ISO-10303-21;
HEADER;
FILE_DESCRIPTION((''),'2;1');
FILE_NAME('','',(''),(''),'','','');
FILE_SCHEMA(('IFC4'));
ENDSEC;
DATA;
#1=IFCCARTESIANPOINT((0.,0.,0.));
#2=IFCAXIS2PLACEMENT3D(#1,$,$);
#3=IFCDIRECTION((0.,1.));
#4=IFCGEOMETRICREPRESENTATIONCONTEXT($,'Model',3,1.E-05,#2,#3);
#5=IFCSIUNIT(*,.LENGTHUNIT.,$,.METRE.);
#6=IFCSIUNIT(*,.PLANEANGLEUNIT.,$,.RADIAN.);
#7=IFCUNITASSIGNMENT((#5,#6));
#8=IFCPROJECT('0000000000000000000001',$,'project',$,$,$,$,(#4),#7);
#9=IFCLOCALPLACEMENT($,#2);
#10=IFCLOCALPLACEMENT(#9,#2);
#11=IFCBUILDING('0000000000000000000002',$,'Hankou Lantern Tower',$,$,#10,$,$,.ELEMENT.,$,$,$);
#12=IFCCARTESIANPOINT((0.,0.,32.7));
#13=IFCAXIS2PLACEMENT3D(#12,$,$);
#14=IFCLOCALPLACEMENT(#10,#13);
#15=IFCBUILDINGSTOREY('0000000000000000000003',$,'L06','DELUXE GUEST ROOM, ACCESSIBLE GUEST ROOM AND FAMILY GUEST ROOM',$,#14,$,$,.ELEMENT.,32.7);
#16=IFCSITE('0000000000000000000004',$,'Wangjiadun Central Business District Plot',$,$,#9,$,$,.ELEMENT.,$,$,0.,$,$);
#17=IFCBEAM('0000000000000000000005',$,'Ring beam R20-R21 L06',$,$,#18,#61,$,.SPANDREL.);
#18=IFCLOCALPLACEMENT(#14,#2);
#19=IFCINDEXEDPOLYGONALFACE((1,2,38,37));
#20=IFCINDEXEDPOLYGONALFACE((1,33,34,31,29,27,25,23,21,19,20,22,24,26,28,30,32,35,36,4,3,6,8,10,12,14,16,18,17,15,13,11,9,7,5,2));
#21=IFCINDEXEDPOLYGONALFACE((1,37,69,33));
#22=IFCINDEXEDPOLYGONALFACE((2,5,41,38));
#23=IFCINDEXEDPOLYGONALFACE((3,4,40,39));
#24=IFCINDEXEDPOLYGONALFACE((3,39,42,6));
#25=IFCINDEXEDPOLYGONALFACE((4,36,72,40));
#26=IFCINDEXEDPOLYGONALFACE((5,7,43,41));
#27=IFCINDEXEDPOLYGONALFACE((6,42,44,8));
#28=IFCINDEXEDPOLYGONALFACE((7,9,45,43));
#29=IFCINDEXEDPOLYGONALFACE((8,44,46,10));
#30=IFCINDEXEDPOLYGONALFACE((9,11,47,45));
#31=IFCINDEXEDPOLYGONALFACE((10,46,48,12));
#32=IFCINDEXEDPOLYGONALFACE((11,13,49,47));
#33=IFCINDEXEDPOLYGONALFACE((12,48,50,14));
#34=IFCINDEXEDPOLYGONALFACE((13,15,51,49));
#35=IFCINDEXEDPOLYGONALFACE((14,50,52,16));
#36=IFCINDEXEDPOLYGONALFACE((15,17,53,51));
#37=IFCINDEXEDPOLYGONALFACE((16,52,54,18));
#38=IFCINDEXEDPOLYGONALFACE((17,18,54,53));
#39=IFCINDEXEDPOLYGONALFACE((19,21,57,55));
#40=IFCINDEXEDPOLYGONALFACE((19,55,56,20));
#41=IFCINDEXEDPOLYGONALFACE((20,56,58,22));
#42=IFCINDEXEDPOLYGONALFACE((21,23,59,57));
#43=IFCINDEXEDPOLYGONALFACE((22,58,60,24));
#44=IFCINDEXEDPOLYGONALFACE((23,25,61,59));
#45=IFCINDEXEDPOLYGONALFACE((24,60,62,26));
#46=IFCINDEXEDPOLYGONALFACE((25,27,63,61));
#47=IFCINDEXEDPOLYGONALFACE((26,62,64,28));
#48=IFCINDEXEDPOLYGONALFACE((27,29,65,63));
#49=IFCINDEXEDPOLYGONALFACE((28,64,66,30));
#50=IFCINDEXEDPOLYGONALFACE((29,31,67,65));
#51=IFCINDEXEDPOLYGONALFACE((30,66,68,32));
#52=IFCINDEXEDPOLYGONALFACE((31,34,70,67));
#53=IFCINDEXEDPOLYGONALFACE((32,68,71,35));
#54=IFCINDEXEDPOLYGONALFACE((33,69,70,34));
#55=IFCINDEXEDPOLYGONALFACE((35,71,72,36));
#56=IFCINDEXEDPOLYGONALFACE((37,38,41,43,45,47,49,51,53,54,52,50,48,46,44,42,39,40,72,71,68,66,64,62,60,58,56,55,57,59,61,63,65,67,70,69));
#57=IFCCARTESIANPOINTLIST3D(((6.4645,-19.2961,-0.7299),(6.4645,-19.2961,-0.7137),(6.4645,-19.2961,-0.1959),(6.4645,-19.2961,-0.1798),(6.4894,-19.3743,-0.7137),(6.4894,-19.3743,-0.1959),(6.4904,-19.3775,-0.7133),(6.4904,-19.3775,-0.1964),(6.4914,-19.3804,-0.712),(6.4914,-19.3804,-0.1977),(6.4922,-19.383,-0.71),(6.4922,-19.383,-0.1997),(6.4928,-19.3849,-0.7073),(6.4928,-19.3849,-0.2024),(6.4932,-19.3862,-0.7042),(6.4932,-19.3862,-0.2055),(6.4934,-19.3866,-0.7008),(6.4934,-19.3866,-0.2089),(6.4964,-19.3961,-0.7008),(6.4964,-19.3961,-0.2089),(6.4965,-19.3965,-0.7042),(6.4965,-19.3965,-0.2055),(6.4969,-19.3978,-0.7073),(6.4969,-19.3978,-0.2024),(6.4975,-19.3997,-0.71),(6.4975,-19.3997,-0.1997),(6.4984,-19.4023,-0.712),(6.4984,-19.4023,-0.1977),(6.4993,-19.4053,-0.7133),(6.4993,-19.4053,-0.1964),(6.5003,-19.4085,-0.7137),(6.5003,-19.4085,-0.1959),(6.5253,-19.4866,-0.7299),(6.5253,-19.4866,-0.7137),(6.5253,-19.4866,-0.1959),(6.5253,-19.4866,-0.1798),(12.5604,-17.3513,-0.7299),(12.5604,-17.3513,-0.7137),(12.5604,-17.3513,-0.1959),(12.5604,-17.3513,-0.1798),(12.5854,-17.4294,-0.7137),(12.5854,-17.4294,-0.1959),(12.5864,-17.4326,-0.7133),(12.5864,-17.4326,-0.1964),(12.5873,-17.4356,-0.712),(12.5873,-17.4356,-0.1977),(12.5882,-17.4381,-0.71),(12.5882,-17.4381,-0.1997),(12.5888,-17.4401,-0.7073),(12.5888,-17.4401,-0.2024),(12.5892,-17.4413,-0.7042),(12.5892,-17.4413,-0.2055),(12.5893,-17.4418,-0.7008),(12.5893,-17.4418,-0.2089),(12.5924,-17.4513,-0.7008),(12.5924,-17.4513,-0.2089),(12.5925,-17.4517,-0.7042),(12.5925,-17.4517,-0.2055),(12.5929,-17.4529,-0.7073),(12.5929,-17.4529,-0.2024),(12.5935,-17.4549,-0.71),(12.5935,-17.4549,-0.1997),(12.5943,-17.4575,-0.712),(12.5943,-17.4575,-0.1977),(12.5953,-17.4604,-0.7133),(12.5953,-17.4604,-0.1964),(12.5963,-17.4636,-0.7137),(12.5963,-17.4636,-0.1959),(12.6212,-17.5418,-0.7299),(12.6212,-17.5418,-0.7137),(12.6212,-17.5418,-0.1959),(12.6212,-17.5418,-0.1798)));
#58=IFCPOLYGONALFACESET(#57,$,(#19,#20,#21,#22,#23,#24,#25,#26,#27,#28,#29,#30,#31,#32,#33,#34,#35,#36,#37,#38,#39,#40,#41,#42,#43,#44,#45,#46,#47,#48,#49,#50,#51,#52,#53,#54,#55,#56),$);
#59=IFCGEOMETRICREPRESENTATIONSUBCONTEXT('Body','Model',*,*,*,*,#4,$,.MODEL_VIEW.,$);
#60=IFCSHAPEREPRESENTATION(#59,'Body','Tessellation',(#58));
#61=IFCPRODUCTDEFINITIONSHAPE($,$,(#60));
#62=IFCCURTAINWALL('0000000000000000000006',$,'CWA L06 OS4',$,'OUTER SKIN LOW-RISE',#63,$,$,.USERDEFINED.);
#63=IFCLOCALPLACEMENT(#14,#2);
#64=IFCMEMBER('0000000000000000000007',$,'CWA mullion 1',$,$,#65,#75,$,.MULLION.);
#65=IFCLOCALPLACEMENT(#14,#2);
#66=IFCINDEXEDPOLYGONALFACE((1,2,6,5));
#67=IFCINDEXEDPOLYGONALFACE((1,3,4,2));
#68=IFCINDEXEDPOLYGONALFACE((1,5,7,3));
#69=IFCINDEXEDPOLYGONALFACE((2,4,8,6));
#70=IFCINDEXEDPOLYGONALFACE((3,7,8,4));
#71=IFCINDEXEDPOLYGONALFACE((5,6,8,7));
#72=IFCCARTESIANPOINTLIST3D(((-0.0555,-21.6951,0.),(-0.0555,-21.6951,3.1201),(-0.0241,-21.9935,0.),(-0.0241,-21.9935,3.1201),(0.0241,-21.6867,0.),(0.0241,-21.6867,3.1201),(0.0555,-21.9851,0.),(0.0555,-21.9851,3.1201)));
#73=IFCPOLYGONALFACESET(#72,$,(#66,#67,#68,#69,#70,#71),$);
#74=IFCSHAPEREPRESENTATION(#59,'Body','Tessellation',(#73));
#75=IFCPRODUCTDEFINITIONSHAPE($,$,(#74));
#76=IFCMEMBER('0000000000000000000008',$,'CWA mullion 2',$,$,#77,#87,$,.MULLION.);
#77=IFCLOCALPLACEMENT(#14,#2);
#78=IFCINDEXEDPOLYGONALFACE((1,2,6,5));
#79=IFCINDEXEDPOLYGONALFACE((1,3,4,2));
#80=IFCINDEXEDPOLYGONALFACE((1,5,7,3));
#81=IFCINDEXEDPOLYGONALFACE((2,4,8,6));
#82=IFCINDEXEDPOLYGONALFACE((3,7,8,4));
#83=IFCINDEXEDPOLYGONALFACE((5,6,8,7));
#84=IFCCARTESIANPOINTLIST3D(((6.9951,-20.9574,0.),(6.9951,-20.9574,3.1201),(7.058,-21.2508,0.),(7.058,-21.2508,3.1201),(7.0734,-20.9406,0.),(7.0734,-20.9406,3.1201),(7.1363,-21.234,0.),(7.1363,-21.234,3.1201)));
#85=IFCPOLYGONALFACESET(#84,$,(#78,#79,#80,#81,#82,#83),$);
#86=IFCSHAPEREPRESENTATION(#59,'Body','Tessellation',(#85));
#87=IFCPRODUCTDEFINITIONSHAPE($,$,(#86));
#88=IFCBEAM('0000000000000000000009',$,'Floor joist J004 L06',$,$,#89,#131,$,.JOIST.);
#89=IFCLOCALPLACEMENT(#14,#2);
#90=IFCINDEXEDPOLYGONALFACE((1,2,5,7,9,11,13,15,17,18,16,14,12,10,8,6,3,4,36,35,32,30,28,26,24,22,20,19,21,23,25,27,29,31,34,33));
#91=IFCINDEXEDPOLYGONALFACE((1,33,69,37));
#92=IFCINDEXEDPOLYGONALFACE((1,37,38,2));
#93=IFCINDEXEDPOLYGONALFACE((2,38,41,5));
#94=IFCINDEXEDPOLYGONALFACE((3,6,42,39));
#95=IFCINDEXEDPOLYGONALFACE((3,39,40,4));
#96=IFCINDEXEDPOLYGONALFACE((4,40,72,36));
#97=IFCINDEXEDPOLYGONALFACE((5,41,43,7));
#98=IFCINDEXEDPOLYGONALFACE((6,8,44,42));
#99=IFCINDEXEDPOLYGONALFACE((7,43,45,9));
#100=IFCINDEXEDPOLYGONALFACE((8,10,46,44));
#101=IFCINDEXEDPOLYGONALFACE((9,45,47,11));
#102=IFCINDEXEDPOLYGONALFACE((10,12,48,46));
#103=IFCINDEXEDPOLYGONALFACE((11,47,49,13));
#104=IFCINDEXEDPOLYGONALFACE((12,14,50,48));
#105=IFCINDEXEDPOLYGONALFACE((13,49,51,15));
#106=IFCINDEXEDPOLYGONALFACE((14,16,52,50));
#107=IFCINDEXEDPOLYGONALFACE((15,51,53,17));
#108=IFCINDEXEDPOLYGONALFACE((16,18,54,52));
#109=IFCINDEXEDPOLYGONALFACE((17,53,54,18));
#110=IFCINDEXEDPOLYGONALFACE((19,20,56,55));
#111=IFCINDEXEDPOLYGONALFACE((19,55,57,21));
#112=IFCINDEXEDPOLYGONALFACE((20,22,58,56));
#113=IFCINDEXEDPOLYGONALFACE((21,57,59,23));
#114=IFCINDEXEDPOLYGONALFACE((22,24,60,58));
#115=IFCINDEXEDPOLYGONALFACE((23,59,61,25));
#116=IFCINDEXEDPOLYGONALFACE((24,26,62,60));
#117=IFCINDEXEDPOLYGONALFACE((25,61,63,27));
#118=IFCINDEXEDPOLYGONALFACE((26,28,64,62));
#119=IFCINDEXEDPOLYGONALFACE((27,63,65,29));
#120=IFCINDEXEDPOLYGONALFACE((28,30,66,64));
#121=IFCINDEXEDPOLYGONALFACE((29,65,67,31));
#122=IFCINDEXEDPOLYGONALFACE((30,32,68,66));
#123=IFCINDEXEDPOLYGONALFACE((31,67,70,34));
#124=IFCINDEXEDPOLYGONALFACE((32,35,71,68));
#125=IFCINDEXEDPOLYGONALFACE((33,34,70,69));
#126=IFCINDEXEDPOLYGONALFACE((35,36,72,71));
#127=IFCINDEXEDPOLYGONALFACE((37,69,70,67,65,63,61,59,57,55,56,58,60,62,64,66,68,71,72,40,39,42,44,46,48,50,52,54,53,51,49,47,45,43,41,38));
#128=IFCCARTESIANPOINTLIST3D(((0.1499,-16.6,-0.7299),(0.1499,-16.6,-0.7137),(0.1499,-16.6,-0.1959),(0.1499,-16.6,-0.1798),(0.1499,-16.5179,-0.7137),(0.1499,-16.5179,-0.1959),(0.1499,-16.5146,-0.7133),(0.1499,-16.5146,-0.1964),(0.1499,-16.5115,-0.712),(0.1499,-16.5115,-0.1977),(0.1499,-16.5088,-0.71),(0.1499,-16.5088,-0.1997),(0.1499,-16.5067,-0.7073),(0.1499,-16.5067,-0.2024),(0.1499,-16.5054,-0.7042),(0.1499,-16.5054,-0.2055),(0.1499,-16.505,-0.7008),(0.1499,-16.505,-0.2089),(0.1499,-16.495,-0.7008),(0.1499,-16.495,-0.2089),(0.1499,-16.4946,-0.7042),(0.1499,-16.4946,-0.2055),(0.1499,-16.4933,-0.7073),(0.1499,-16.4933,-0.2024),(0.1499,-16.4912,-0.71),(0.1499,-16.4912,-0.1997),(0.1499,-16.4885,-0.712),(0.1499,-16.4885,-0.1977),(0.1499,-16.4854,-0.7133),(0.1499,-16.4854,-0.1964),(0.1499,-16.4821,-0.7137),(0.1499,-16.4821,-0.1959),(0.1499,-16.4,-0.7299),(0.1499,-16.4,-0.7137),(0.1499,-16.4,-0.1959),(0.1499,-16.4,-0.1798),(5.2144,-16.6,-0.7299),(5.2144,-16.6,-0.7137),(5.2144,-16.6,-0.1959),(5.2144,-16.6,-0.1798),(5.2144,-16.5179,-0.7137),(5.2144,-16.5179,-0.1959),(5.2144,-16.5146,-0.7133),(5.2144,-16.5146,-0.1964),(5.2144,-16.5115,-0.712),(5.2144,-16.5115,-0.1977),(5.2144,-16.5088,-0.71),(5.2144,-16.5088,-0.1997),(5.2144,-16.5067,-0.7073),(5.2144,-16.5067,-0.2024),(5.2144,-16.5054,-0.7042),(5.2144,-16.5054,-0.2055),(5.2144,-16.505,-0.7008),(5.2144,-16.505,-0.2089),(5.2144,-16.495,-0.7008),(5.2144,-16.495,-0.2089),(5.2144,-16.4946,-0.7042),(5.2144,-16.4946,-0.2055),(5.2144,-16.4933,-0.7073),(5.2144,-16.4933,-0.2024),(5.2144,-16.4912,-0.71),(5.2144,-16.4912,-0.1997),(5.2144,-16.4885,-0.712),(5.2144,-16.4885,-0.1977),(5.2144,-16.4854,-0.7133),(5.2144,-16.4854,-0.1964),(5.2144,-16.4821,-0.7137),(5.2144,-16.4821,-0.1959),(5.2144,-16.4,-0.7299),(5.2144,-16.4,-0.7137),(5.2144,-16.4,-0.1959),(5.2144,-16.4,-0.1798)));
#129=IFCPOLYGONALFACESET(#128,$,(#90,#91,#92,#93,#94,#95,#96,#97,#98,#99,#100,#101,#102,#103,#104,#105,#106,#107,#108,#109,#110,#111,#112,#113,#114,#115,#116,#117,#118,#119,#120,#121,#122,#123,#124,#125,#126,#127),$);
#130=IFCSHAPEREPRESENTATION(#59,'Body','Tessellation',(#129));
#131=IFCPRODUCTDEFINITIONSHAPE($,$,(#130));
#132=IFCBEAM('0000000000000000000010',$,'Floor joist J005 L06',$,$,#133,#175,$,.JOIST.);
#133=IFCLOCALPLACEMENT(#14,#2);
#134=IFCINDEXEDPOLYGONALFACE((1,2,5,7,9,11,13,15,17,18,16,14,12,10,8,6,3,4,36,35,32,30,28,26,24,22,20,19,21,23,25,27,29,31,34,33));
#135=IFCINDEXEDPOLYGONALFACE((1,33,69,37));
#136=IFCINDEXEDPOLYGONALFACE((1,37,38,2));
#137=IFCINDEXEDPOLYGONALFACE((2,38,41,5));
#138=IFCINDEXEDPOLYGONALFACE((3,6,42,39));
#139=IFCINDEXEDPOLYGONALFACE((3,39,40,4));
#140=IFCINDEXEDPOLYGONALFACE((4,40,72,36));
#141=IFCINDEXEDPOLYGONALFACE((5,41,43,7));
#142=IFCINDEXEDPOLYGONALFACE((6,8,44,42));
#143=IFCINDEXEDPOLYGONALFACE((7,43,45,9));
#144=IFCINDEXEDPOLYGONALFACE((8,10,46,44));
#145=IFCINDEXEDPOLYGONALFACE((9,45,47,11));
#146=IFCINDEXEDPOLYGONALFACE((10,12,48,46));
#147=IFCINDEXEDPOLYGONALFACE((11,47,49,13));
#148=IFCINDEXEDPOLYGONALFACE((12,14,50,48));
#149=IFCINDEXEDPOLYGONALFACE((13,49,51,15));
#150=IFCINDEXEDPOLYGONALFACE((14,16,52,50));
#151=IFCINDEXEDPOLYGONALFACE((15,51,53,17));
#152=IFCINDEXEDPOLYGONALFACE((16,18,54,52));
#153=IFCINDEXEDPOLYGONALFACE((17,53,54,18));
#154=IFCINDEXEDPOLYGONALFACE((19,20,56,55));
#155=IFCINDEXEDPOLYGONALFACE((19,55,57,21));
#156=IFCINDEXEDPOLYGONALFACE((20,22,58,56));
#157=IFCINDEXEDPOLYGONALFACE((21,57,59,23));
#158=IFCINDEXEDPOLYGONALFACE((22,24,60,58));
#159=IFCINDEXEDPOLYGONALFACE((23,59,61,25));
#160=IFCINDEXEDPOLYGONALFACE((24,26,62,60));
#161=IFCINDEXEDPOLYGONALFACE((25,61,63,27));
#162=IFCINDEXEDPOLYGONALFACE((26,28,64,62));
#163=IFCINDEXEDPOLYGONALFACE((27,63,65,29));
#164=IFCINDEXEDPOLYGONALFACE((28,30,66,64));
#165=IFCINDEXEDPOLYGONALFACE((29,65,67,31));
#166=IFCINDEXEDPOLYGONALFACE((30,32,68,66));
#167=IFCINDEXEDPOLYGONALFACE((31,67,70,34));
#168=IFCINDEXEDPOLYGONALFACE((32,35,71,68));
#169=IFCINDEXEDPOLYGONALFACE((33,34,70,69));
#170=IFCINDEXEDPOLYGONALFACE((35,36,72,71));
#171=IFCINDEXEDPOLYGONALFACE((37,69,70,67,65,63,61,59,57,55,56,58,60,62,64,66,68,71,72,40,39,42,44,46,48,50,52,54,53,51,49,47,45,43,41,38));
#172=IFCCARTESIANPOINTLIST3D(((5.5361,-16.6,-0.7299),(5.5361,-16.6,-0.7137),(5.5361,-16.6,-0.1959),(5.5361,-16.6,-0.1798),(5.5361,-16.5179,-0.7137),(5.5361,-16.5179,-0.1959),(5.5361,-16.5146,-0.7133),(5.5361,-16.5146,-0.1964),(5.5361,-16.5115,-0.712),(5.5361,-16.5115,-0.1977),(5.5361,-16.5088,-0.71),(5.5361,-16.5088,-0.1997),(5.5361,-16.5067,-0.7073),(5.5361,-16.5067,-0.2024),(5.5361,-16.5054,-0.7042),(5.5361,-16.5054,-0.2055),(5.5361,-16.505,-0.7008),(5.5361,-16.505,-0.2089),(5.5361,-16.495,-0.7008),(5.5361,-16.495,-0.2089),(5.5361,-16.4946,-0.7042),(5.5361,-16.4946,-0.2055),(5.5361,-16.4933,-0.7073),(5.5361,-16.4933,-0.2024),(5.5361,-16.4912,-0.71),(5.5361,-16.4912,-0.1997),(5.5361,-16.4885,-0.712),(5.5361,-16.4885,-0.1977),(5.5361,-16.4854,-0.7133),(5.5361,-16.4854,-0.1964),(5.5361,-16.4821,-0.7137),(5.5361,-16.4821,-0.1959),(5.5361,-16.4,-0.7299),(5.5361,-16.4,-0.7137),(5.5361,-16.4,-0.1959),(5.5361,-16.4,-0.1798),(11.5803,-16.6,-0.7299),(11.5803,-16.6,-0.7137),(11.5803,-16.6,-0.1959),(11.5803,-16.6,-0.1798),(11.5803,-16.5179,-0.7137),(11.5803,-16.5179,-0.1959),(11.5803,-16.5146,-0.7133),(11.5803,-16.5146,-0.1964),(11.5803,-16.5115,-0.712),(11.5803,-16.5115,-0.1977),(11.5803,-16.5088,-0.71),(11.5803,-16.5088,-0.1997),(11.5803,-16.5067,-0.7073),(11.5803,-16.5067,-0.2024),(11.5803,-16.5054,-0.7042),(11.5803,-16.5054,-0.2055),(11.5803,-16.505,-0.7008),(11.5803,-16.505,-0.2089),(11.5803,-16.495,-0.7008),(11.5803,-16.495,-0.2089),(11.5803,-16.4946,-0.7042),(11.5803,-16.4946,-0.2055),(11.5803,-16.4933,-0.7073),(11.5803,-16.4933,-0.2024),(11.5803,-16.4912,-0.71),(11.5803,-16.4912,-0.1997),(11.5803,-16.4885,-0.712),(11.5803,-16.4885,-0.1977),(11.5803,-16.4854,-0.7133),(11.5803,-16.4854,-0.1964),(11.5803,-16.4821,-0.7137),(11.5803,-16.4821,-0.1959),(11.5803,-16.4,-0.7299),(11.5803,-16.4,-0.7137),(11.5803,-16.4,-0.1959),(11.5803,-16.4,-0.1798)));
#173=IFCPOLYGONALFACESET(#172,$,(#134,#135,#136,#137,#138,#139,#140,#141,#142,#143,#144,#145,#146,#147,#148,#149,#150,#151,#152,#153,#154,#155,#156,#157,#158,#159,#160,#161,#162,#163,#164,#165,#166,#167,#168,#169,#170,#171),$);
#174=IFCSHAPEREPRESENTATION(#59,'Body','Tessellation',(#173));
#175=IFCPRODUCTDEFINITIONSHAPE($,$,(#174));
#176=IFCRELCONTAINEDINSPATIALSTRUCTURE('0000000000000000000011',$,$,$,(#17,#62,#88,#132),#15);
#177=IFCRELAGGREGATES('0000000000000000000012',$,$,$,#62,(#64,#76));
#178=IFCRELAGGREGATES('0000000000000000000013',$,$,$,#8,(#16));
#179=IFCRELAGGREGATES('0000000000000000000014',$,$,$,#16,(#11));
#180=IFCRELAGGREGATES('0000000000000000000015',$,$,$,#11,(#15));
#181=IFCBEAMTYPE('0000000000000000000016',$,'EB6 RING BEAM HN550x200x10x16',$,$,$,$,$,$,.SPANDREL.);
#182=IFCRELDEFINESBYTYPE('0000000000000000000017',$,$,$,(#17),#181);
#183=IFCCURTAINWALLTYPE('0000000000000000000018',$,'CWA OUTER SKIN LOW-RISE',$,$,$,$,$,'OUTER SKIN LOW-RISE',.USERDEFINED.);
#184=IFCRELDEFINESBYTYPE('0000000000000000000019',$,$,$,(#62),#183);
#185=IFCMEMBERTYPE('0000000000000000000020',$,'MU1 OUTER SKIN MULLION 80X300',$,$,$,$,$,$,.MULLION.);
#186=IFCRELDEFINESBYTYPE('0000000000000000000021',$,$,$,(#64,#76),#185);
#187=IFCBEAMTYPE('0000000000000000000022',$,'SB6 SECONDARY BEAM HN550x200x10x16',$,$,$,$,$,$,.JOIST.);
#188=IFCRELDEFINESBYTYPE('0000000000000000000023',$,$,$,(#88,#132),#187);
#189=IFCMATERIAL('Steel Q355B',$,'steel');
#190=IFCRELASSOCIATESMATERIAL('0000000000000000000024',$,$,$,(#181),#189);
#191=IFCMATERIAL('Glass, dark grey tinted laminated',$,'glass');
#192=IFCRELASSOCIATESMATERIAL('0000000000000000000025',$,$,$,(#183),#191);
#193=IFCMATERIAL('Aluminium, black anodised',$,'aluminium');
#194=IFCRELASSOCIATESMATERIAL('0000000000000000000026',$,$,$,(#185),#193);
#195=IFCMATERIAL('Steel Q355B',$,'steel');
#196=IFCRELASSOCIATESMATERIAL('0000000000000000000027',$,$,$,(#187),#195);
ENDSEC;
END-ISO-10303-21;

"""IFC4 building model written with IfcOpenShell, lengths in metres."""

from ifc_helpers import new_model, si_unit, direction, frame, origin, origin_2d, place, context, subcontext, project, spatial, rectangle, i_section, extrude, material, material_profile, profile_set, type_object, element, aggregate, save


model = new_model("IFC4")

# Units and contexts
model_context = context("Model", 3, precision=1e-05, world=origin(), true_north=direction((0.0, 1.0)))
body_context = subcontext(model_context, "Body", "Model", "MODEL_VIEW")
ifc_project = project(units=[si_unit("LENGTHUNIT", "METRE"), si_unit("PLANEANGLEUNIT", "RADIAN")], contexts=[model_context])

# Site, building, storey
site_placement = place(None, origin())
site = spatial("IfcSite", under=ifc_project, at=site_placement, Name="Wangjiadun Central Business District Plot", CompositionType="ELEMENT", RefElevation=0.0)
building_placement = place(site_placement, origin())
building = spatial("IfcBuilding", under=site, at=building_placement, Name="Hankou Lantern Tower", CompositionType="ELEMENT")
storey_placement = place(building_placement, frame((0.0, 0.0, 32.7)))
storey = spatial("IfcBuildingStorey", under=building, at=storey_placement, Name="L06", Description="DELUXE GUEST ROOM, ACCESSIBLE GUEST ROOM AND FAMILY GUEST ROOM", CompositionType="ELEMENT", Elevation=32.7)

# Beam
ifc_material_1 = material(Name="Steel Q355B", Category="steel")
ifc_material_profile_1 = material_profile(ifc_material_1, i_section(OverallWidth=0.2, OverallDepth=0.55, WebThickness=0.01, FlangeThickness=0.0161, FilletRadius=0.0129, at=origin_2d()), Name="HN550x200x10x16")
ifc_profile_set_1 = profile_set([ifc_material_profile_1], Name="Steel Q355B")
beam_type_1 = type_object("IfcBeamType", Name="EB6 RING BEAM HN550x200x10x16", PredefinedType="SPANDREL", material=ifc_profile_set_1)
beam_1_placement = place(storey_placement, frame((6.4949, -19.3914, -0.4548), z_axis=(0.95269, 0.303942, 0.0), x_axis=(-0.303942, 0.95269, 0.0)))
element("IfcBeam", 1, at=beam_1_placement, inside=storey, type_object=beam_type_1, Name="Ring beam R20-R21 L06", PredefinedType="SPANDREL", context=body_context, shape_type="SweptSolid", body=[
    extrude(i_section(OverallWidth=0.2, OverallDepth=0.55, WebThickness=0.01, FlangeThickness=0.0161, FilletRadius=0.0129, at=origin_2d()), origin(), (0.0, 0.0, 1.0), 6.3987),
])

# Curtain wall, members
ifc_material_2 = material(Name="Glass, dark grey tinted laminated", Category="glass")
curtain_wall_type = type_object("IfcCurtainWallType", Name="CWA OUTER SKIN LOW-RISE", ElementType="OUTER SKIN LOW-RISE", PredefinedType="USERDEFINED", material=ifc_material_2)
curtain_wall_placement = place(storey_placement, origin())
curtain_wall = element("IfcCurtainWall", 2, at=curtain_wall_placement, inside=storey, type_object=curtain_wall_type, Name="CWA L06 OS4", ObjectType="OUTER SKIN LOW-RISE", PredefinedType="USERDEFINED")
ifc_material_3 = material(Name="Aluminium, black anodised", Category="aluminium")
ifc_material_profile_2 = material_profile(ifc_material_3, rectangle(XDim=0.0801, YDim=0.3, at=origin_2d()), Name="MU1 80X300")
ifc_profile_set_2 = profile_set([ifc_material_profile_2], Name="Aluminium, black anodised")
member_type_1 = type_object("IfcMemberType", Name="MU1 OUTER SKIN MULLION 80X300", PredefinedType="MULLION", material=ifc_profile_set_2)
member_1_placement = place(storey_placement, frame((0.0, -21.8401, 0.0), z_axis=(0.0, 0.0, 1.0), x_axis=(0.994499, 0.104743, 0.0)))
member_1 = element("IfcMember", 3, at=member_1_placement, type_object=member_type_1, Name="CWA mullion 1", PredefinedType="MULLION", context=body_context, shape_type="SweptSolid", body=[
    extrude(rectangle(XDim=0.0801, YDim=0.3, at=origin_2d()), origin(), (0.0, 0.0, 1.0), 3.1201),
])
member_2_placement = place(storey_placement, frame((7.0657, -21.0957, 0.0), z_axis=(0.0, 0.0, 1.0), x_axis=(0.977788, 0.209598, 0.0)))
member_2 = element("IfcMember", 4, at=member_2_placement, type_object=member_type_1, Name="CWA mullion 2", PredefinedType="MULLION", context=body_context, shape_type="SweptSolid", body=[
    extrude(rectangle(XDim=0.0801, YDim=0.3, at=origin_2d()), origin(), (0.0, 0.0, 1.0), 3.1201),
])

# Beams
ifc_material_4 = material(Name="Steel Q355B", Category="steel")
ifc_material_profile_3 = material_profile(ifc_material_4, i_section(OverallWidth=0.2, OverallDepth=0.55, WebThickness=0.01, FlangeThickness=0.0161, FilletRadius=0.0129, at=origin_2d()), Name="HN550x200x10x16")
ifc_profile_set_3 = profile_set([ifc_material_profile_3], Name="Steel Q355B")
beam_type_2 = type_object("IfcBeamType", Name="SB6 SECONDARY BEAM HN550x200x10x16", PredefinedType="JOIST", material=ifc_profile_set_3)
beam_2_placement = place(storey_placement, frame((0.1499, -16.5, -0.4548), z_axis=(1.0, 0.0, 0.0), x_axis=(0.0, 1.0, 0.0)))
element("IfcBeam", 5, at=beam_2_placement, inside=storey, type_object=beam_type_2, Name="Floor joist J004 L06", PredefinedType="JOIST", context=body_context, shape_type="SweptSolid", body=[
    extrude(i_section(OverallWidth=0.2, OverallDepth=0.55, WebThickness=0.01, FlangeThickness=0.0161, FilletRadius=0.0129, at=origin_2d()), origin(), (0.0, 0.0, 1.0), 5.0645),
])
beam_3_placement = place(storey_placement, frame((5.5361, -16.5, -0.4548), z_axis=(1.0, 0.0, 0.0), x_axis=(0.0, 1.0, 0.0)))
element("IfcBeam", 6, at=beam_3_placement, inside=storey, type_object=beam_type_2, Name="Floor joist J005 L06", PredefinedType="JOIST", context=body_context, shape_type="SweptSolid", body=[
    extrude(i_section(OverallWidth=0.2, OverallDepth=0.55, WebThickness=0.01, FlangeThickness=0.0161, FilletRadius=0.0129, at=origin_2d()), origin(), (0.0, 0.0, 1.0), 6.0442),
])

aggregate(curtain_wall, [member_1, member_2])

save(model, "model.ifc")
